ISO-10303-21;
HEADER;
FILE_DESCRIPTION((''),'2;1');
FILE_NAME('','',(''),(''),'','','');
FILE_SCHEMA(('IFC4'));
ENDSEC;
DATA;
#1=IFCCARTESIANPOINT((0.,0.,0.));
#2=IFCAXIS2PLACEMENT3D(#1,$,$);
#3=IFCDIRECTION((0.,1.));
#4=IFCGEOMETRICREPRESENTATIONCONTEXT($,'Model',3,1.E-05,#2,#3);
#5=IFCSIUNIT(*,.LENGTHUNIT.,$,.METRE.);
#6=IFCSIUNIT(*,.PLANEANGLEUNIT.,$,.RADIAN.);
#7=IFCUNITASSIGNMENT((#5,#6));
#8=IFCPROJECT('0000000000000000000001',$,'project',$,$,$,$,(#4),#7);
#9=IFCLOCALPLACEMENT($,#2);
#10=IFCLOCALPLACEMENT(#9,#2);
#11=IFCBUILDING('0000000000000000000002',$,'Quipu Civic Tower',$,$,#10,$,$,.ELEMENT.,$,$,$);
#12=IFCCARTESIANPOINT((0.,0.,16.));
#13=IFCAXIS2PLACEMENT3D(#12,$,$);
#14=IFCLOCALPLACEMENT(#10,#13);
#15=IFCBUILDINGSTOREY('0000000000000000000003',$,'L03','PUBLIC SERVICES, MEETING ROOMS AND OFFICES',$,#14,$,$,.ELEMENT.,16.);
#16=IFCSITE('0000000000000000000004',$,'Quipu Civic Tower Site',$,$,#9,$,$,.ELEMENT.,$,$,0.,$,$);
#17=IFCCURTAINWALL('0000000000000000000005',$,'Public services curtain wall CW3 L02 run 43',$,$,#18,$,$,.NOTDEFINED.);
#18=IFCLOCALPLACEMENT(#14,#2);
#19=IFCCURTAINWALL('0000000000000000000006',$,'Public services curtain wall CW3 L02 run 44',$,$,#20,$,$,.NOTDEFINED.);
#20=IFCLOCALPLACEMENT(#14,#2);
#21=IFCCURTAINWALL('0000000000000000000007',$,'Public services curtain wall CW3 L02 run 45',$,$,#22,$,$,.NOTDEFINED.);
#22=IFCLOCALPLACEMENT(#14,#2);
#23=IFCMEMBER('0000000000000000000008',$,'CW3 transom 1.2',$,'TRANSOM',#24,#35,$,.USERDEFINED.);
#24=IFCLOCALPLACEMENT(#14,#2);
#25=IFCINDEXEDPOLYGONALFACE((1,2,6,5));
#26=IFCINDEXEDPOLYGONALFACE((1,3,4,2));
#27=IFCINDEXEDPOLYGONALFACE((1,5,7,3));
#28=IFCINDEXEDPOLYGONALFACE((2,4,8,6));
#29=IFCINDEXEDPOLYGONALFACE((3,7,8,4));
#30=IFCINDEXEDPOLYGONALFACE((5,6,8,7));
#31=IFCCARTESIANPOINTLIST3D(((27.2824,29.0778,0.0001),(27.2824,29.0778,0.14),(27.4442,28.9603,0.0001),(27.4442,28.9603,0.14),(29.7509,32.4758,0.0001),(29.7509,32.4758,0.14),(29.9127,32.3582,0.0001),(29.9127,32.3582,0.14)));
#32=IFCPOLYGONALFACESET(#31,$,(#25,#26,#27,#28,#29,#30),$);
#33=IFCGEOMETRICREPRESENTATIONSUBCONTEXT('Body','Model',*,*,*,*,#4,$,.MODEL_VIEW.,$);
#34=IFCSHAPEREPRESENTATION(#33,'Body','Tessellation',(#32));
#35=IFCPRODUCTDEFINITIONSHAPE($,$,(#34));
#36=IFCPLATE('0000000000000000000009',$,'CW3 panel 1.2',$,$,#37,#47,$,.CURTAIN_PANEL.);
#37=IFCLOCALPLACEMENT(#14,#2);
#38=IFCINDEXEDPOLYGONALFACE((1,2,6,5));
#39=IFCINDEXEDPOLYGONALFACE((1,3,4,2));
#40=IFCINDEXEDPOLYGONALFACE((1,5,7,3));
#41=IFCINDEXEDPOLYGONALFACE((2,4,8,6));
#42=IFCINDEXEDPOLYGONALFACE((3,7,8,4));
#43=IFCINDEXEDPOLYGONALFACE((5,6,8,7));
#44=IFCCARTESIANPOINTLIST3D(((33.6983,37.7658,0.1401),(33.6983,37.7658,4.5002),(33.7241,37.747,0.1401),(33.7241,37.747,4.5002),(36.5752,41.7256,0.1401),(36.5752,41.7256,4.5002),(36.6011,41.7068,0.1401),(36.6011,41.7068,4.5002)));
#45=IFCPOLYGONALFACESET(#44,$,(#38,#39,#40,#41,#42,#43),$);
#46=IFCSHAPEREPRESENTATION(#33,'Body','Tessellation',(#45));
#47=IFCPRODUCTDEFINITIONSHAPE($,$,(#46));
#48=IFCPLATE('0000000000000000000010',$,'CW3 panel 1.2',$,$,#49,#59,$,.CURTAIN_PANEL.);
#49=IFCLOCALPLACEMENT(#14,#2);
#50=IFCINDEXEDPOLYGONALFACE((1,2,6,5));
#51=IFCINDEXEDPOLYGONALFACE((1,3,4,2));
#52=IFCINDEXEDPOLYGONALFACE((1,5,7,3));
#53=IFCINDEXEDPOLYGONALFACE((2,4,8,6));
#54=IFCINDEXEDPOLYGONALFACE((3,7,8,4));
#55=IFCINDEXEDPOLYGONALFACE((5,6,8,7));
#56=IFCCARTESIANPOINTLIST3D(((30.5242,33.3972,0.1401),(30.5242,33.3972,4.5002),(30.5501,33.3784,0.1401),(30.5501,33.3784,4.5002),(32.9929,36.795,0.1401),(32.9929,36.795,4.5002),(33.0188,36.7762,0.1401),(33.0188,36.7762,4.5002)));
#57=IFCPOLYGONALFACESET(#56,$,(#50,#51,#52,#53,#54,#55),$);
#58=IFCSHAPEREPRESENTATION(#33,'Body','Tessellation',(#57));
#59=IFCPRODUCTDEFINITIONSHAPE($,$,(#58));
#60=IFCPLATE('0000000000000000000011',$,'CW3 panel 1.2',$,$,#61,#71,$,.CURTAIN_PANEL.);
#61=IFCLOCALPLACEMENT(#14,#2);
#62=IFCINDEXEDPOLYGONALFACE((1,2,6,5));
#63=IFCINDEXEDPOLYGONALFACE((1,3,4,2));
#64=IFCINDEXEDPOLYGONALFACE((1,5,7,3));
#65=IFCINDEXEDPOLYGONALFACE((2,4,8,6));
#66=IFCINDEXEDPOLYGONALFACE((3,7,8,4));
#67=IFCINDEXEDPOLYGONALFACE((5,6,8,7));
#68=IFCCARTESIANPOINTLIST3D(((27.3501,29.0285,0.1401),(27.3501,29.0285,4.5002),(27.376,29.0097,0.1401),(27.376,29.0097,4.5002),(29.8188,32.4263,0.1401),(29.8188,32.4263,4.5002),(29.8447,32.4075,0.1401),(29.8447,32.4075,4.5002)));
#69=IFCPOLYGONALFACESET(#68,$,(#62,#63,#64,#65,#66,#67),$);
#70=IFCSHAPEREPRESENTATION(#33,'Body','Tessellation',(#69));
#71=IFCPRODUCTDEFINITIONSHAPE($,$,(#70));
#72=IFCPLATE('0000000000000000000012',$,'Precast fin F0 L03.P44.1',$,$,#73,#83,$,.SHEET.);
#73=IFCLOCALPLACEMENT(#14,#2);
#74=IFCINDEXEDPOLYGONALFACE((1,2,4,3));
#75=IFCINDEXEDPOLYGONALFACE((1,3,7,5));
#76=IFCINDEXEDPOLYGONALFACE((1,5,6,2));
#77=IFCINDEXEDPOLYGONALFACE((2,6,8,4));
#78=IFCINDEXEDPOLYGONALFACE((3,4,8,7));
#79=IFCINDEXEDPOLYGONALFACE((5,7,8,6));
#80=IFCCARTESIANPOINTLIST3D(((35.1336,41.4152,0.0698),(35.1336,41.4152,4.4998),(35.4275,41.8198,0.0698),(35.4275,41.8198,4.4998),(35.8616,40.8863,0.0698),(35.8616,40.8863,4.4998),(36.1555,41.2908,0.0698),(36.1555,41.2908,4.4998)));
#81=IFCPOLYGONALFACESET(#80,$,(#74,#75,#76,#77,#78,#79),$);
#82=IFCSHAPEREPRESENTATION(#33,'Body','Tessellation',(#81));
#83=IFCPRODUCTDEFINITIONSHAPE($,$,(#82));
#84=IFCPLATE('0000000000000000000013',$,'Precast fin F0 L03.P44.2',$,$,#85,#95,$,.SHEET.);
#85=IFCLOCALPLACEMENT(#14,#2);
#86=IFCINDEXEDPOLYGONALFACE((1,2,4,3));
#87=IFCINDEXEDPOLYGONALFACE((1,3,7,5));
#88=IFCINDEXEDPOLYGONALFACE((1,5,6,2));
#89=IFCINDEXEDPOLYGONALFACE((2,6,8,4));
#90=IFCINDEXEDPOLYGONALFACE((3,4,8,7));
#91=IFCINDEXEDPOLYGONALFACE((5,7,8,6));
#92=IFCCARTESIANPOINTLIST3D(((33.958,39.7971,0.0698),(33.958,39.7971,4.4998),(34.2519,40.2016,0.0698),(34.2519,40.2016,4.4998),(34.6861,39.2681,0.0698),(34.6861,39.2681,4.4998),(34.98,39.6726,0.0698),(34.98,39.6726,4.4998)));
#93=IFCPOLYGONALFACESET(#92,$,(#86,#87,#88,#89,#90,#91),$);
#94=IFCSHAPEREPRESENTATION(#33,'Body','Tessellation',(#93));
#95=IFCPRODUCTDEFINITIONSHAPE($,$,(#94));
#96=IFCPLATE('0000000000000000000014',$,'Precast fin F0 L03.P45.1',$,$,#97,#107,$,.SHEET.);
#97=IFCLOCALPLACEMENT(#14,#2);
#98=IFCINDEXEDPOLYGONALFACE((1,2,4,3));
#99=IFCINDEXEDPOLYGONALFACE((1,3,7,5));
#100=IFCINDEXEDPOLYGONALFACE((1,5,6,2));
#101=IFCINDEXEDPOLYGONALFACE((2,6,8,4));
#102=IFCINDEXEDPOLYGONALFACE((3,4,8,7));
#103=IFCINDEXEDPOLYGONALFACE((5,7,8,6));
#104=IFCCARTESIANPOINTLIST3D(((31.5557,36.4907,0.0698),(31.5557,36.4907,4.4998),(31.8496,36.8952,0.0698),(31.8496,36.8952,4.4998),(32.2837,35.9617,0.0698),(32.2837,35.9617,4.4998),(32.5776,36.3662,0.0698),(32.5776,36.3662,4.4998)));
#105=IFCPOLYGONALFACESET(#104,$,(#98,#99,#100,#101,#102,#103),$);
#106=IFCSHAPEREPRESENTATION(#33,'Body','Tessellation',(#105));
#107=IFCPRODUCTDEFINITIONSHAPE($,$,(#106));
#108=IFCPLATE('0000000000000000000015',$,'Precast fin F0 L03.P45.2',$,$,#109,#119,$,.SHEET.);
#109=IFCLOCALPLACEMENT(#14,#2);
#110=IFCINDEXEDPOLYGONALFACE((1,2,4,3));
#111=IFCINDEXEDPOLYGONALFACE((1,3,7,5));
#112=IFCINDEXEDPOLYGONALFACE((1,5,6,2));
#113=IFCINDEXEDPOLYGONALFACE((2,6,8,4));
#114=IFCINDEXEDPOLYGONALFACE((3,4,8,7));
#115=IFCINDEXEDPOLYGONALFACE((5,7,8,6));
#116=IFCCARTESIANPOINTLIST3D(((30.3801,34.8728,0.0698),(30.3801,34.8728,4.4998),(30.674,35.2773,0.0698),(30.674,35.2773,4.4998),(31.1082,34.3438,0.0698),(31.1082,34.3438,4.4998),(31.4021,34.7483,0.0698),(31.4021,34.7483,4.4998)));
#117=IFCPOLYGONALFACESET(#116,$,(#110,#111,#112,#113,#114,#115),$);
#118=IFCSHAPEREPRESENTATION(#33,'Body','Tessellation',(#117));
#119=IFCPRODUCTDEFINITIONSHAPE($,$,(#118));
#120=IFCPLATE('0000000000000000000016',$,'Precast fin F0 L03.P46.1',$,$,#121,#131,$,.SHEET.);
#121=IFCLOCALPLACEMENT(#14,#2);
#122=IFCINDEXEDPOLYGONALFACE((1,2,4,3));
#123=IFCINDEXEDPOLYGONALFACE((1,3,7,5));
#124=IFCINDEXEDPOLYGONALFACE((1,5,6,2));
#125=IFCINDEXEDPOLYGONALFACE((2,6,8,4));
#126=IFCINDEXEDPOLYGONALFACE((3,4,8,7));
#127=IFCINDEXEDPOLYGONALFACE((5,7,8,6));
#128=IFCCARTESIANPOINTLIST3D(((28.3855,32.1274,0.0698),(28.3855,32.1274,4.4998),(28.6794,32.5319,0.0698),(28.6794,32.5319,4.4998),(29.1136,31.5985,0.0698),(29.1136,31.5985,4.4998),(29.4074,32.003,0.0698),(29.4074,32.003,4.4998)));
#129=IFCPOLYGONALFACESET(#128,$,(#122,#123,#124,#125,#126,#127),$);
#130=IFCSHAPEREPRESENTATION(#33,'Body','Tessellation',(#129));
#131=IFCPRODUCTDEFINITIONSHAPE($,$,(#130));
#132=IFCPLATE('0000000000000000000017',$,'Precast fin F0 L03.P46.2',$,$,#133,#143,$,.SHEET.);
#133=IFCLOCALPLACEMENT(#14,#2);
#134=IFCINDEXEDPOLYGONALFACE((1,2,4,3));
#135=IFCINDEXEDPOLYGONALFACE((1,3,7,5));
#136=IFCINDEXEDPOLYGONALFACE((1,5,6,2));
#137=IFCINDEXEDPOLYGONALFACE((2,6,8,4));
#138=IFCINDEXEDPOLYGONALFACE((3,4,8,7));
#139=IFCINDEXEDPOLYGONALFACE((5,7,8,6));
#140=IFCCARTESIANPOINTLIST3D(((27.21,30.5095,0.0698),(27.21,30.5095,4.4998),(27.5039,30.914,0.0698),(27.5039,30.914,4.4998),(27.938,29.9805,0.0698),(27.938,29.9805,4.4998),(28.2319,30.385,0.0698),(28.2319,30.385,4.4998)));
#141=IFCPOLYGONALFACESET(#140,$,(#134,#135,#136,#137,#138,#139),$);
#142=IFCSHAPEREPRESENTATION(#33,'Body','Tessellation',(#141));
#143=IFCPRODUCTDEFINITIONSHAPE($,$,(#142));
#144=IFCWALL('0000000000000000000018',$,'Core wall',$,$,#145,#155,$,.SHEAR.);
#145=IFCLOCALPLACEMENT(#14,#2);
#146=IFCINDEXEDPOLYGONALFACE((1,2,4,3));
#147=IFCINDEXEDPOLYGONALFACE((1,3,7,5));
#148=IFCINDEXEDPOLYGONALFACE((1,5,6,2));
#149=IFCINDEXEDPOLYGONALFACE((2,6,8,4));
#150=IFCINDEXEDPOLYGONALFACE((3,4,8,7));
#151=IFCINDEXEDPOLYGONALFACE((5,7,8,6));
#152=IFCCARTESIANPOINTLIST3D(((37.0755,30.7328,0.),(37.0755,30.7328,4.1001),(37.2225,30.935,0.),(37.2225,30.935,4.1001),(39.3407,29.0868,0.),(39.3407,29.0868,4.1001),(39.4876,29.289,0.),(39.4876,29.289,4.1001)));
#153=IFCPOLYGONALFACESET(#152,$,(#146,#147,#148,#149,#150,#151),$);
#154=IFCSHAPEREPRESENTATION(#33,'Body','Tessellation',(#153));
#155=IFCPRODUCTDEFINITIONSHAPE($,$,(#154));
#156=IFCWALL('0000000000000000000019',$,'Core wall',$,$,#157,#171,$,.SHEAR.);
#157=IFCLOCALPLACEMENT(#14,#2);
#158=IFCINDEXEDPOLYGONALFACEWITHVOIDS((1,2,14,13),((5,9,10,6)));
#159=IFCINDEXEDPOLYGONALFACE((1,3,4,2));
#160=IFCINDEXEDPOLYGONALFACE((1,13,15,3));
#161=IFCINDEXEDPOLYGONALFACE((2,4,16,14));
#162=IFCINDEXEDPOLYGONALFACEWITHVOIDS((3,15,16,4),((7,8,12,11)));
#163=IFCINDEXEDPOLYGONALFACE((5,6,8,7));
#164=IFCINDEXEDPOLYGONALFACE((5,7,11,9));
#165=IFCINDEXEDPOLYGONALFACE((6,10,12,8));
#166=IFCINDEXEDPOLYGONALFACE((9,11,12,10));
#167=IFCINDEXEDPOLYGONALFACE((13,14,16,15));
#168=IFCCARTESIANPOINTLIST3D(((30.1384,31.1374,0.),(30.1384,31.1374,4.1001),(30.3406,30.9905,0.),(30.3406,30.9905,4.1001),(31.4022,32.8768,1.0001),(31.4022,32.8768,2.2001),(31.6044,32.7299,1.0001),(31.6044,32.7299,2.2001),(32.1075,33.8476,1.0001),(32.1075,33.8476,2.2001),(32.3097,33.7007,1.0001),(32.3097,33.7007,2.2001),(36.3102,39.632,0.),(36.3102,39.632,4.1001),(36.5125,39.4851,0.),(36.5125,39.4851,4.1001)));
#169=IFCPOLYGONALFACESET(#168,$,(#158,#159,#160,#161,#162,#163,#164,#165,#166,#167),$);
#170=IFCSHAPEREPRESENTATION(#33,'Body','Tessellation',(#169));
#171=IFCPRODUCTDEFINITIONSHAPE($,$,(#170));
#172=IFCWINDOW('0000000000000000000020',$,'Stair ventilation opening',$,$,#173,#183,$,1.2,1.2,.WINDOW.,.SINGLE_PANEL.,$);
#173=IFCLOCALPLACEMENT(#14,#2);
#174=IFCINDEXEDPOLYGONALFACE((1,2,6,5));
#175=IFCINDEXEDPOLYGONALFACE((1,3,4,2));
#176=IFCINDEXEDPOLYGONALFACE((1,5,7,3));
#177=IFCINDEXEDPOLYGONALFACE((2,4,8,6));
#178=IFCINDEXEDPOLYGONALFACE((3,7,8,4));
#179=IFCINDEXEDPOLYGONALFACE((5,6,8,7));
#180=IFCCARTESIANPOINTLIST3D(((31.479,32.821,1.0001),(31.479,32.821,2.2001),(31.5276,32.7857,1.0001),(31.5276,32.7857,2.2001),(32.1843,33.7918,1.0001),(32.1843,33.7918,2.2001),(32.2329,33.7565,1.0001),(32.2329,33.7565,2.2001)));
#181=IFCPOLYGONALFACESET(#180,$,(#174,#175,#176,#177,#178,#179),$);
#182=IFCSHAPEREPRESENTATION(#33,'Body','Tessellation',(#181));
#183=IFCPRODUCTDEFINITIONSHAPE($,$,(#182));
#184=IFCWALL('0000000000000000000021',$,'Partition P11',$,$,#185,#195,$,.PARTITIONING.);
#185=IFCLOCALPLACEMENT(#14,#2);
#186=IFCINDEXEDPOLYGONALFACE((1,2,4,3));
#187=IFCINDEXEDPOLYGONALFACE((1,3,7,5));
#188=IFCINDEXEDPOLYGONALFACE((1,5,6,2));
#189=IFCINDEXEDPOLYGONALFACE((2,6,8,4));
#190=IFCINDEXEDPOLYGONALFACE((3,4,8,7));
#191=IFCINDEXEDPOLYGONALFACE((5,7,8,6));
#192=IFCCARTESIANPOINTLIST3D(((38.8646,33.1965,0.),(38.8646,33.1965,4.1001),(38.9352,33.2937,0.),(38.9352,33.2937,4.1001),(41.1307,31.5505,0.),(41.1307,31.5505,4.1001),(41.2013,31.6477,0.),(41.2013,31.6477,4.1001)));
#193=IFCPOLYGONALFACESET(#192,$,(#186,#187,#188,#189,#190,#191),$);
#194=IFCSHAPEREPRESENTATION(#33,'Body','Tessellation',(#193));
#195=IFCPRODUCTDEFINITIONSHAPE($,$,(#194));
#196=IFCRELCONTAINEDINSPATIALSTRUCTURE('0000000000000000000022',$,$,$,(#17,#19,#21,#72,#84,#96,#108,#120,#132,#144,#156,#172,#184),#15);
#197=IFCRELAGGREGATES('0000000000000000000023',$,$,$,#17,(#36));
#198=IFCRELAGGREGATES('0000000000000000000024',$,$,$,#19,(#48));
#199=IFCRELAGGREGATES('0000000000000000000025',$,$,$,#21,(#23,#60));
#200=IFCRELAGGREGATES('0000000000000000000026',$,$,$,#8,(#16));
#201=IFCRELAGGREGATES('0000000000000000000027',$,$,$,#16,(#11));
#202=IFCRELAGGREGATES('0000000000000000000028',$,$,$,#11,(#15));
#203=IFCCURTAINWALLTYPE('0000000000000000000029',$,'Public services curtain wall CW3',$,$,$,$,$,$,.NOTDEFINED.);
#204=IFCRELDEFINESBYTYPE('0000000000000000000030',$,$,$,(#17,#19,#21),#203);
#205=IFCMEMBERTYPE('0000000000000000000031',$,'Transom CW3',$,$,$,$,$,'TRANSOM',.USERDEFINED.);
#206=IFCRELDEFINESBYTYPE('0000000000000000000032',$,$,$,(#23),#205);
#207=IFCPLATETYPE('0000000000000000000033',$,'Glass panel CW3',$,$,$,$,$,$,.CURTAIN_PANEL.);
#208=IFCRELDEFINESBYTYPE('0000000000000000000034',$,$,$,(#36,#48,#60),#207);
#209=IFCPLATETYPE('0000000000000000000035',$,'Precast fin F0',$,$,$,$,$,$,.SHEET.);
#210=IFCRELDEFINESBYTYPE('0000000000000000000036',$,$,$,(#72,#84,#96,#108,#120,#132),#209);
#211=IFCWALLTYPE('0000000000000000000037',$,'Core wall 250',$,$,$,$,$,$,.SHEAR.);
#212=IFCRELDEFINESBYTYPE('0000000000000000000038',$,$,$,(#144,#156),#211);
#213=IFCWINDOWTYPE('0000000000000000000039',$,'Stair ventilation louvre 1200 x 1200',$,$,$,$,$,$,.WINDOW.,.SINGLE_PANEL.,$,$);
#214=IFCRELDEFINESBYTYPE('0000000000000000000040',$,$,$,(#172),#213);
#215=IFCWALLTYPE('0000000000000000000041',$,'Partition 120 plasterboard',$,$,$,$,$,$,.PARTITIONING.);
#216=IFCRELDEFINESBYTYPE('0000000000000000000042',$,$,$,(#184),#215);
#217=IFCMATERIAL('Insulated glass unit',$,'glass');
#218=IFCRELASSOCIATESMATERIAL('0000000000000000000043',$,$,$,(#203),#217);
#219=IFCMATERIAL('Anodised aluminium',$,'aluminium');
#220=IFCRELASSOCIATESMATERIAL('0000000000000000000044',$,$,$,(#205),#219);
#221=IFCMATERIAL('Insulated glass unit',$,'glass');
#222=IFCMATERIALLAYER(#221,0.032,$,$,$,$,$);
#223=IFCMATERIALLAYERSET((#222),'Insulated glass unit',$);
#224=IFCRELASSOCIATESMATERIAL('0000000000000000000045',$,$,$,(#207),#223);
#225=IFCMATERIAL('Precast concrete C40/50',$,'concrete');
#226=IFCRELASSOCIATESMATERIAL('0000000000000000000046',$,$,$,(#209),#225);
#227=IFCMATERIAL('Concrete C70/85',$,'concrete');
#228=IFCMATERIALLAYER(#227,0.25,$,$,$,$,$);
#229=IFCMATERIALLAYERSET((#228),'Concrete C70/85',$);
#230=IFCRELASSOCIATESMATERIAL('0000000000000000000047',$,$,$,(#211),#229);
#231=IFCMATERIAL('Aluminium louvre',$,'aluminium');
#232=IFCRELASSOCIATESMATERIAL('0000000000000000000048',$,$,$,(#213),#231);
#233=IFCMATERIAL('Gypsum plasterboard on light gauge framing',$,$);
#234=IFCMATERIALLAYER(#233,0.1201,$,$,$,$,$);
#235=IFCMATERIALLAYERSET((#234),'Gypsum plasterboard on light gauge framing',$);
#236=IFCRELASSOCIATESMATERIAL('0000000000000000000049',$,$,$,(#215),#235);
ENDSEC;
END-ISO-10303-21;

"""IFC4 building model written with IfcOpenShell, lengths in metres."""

from ifc_helpers import new_model, si_unit, direction, frame, frame_2d, origin, origin_2d, place, context, subcontext, project, spatial, rectangle, extrude, material, layer, layer_set, material_profile, profile_set, type_object, element, fill, aggregate, save


model = new_model("IFC4")

# Units and contexts
model_context = context("Model", 3, precision=1e-05, world=origin(), true_north=direction((0.0, 1.0)))
body_context = subcontext(model_context, "Body", "Model", "MODEL_VIEW")
ifc_project = project(units=[si_unit("LENGTHUNIT", "METRE"), si_unit("PLANEANGLEUNIT", "RADIAN")], contexts=[model_context])

# Site, building, storey
site_placement = place(None, origin())
site = spatial("IfcSite", under=ifc_project, at=site_placement, Name="Quipu Civic Tower Site", CompositionType="ELEMENT", RefElevation=0.0)
building_placement = place(site_placement, origin())
building = spatial("IfcBuilding", under=site, at=building_placement, Name="Quipu Civic Tower", CompositionType="ELEMENT")
storey_placement = place(building_placement, frame((0.0, 0.0, 16.0)))
storey = spatial("IfcBuildingStorey", under=building, at=storey_placement, Name="L03", Description="PUBLIC SERVICES, MEETING ROOMS AND OFFICES", CompositionType="ELEMENT", Elevation=16.0)

# Curtain walls
ifc_material_1 = material(Name="Insulated glass unit", Category="glass")
curtain_wall_type = type_object("IfcCurtainWallType", Name="Public services curtain wall CW3", PredefinedType="NOTDEFINED", material=ifc_material_1)
curtain_wall_1_placement = place(storey_placement, origin())
curtain_wall_1 = element("IfcCurtainWall", 1, at=curtain_wall_1_placement, inside=storey, type_object=curtain_wall_type, Name="Public services curtain wall CW3 L02 run 43", PredefinedType="NOTDEFINED")
curtain_wall_2_placement = place(storey_placement, origin())
curtain_wall_2 = element("IfcCurtainWall", 2, at=curtain_wall_2_placement, inside=storey, type_object=curtain_wall_type, Name="Public services curtain wall CW3 L02 run 44", PredefinedType="NOTDEFINED")
curtain_wall_3_placement = place(storey_placement, origin())
curtain_wall_3 = element("IfcCurtainWall", 3, at=curtain_wall_3_placement, inside=storey, type_object=curtain_wall_type, Name="Public services curtain wall CW3 L02 run 45", PredefinedType="NOTDEFINED")

# Member
ifc_material_2 = material(Name="Anodised aluminium", Category="aluminium")
ifc_material_profile_1 = material_profile(ifc_material_2, rectangle(XDim=0.2, YDim=0.1399, at=origin_2d()), Name="RECT 200x140")
ifc_profile_set_1 = profile_set([ifc_material_profile_1], Name="Anodised aluminium")
member_type_1 = type_object("IfcMemberType", Name="Transom CW3", ElementType="TRANSOM", PredefinedType="USERDEFINED", material=ifc_profile_set_1)
member_1_placement = place(storey_placement, frame((29.8318, 32.417, 0.0701), z_axis=(-0.587746, -0.809045, 0.0), x_axis=(0.809045, -0.587746, 0.0)))
member_1 = element("IfcMember", 4, at=member_1_placement, type_object=member_type_1, Name="CW3 transom 1.2", ObjectType="TRANSOM", PredefinedType="USERDEFINED", context=body_context, shape_type="SweptSolid", body=[
    extrude(rectangle(XDim=0.2, YDim=0.1399, at=origin_2d()), origin(), (0.0, 0.0, 1.0), 4.2),
])

# Plates
ifc_material_3 = material(Name="Insulated glass unit", Category="glass")
ifc_layer_1 = layer(ifc_material_3, 0.032)
ifc_layer_set_1 = layer_set([ifc_layer_1], Name="Insulated glass unit")
plate_type_1 = type_object("IfcPlateType", Name="Glass panel CW3", PredefinedType="CURTAIN_PANEL", material=ifc_layer_set_1)
plate_1_placement = place(storey_placement, frame((35.1497, 39.7363, 0.1401), z_axis=(0.0, 0.0, 1.0), x_axis=(-0.587783, -0.809019, 0.0)))
plate_1 = element("IfcPlate", 5, at=plate_1_placement, type_object=plate_type_1, Name="CW3 panel 1.2", PredefinedType="CURTAIN_PANEL", context=body_context, shape_type="SweptSolid", body=[
    extrude(rectangle(XDim=4.8945, YDim=0.032, at=origin_2d()), origin(), (0.0, 0.0, 1.0), 4.3601),
])
aggregate(curtain_wall_1, [plate_1])
plate_2_placement = place(storey_placement, frame((31.7715, 35.0867, 0.1401), z_axis=(0.0, 0.0, 1.0), x_axis=(-0.587789, -0.809014, 0.0)))
plate_2 = element("IfcPlate", 6, at=plate_2_placement, type_object=plate_type_1, Name="CW3 panel 1.2", PredefinedType="CURTAIN_PANEL", context=body_context, shape_type="SweptSolid", body=[
    extrude(rectangle(XDim=4.2, YDim=0.032, at=origin_2d()), origin(), (0.0, 0.0, 1.0), 4.3601),
])
aggregate(curtain_wall_2, [plate_2])
plate_3_placement = place(storey_placement, frame((28.5974, 30.718, 0.1401), z_axis=(0.0, 0.0, 1.0), x_axis=(-0.587785, -0.809017, 0.0)))
plate_3 = element("IfcPlate", 7, at=plate_3_placement, type_object=plate_type_1, Name="CW3 panel 1.2", PredefinedType="CURTAIN_PANEL", context=body_context, shape_type="SweptSolid", body=[
    extrude(rectangle(XDim=4.2, YDim=0.032, at=origin_2d()), origin(), (0.0, 0.0, 1.0), 4.3601),
])
aggregate(curtain_wall_3, [member_1, plate_3])

# Plates
ifc_material_4 = material(Name="Precast concrete C40/50", Category="concrete")
plate_type_2 = type_object("IfcPlateType", Name="Precast fin F0", PredefinedType="SHEET", material=ifc_material_4)
for number, where, z_axis, x_axis, name in (
    (8, (35.6445, 41.353, 0.0698), (0.0, 0.0, 1.0), (-0.587785, -0.809017, 0.0), "Precast fin F0 L03.P44.1"),
    (9, (34.469, 39.7349, 0.0698), (0.0, 0.0, 1.0), (-0.587785, -0.809017, 0.0), "Precast fin F0 L03.P44.2"),
    (10, (32.0667, 36.4285, 0.0698), (0.0, 0.0, 1.0), (-0.587785, -0.809017, 0.0), "Precast fin F0 L03.P45.1"),
    (11, (30.8911, 34.8105, 0.0698), (0.0, 0.0, 1.0), (-0.587785, -0.809017, 0.0), "Precast fin F0 L03.P45.2"),
    (12, (28.8965, 32.0652, 0.0698), (0.0, 0.0, 1.0), (-0.587785, -0.809017, 0.0), "Precast fin F0 L03.P46.1"),
    (13, (27.7209, 30.4473, 0.0698), (0.0, 0.0, 1.0), (-0.587785, -0.809017, 0.0), "Precast fin F0 L03.P46.2"),
):
    element("IfcPlate", number, at=place(storey_placement, frame(where, z_axis=z_axis, x_axis=x_axis)), inside=storey, type_object=plate_type_2, Name=name, PredefinedType="SHEET", context=body_context, shape_type="SweptSolid", body=[
        extrude(rectangle(XDim=0.5, YDim=0.8999, at=origin_2d()), origin(), (0.0, 0.0, 1.0), 4.4299),
    ])

# Wall
ifc_material_5 = material(Name="Concrete C70/85", Category="concrete")
ifc_layer_2 = layer(ifc_material_5, 0.25)
ifc_layer_set_2 = layer_set([ifc_layer_2], Name="Concrete C70/85")
wall_type_1 = type_object("IfcWallType", Name="Core wall 250", PredefinedType="SHEAR", material=ifc_layer_set_2)
wall_1_placement = place(storey_placement, frame((39.4141, 29.188, 0.0), z_axis=(0.0, 0.0, 1.0), x_axis=(-0.80897, 0.58785, 0.0)))
element("IfcWall", 14, at=wall_1_placement, inside=storey, type_object=wall_type_1, Name="Core wall", PredefinedType="SHEAR", context=body_context, shape_type="SweptSolid", body=[
    extrude(rectangle(XDim=2.8, YDim=0.25, at=frame_2d((1.3999, 0.0))), origin(), (0.0, 0.0, 1.0), 4.1001),
])

# Wall, opening, window
wall_2_placement = place(storey_placement, frame((30.2395, 31.064, 0.0), z_axis=(0.0, 0.0, 1.0), x_axis=(0.587796, 0.809009, 0.0)))
wall_2 = element("IfcWall", 15, at=wall_2_placement, inside=storey, type_object=wall_type_1, Name="Core wall", PredefinedType="SHEAR", context=body_context, shape_type="SweptSolid", body=[
    extrude(rectangle(XDim=10.5, YDim=0.25, at=frame_2d((5.25, 0.0))), origin(), (0.0, 0.0, 1.0), 4.1001),
])
opening_placement = place(wall_2_placement, frame((2.1499, 0.0, 1.0)))
opening = element("IfcOpeningElement", 16, at=opening_placement, cuts=wall_2, PredefinedType="OPENING", context=body_context, shape_type="SweptSolid", body=[
    extrude(rectangle(XDim=1.2, YDim=1.2, at=frame_2d((0.6001, 0.6001))), frame((0.0, 0.135, 0.0), z_axis=(0.0, -1.0, 0.0), x_axis=(1.0, 0.0, 0.0)), (0.0, 0.0, 1.0), 0.27),
])
ifc_material_6 = material(Name="Aluminium louvre", Category="aluminium")
window_type = type_object("IfcWindowType", Name="Stair ventilation louvre 1200 x 1200", PartitioningType="SINGLE_PANEL", PredefinedType="WINDOW", material=ifc_material_6)
window_placement = place(opening_placement, origin())
window = element("IfcWindow", 17, at=window_placement, inside=storey, type_object=window_type, Name="Stair ventilation opening", OverallHeight=1.2, OverallWidth=1.2, PartitioningType="SINGLE_PANEL", PredefinedType="WINDOW", context=body_context, shape_type="SweptSolid", body=[
    extrude(rectangle(XDim=1.2, YDim=1.2, at=frame_2d((0.6001, 0.6001))), frame((0.0, 0.03, 0.0), z_axis=(0.0, -1.0, 0.0), x_axis=(1.0, 0.0, 0.0)), (0.0, 0.0, 1.0), 0.0601),
])
fill(opening, window)

# Wall
ifc_material_7 = material(Name="Gypsum plasterboard on light gauge framing")
ifc_layer_3 = layer(ifc_material_7, 0.1201)
ifc_layer_set_3 = layer_set([ifc_layer_3], Name="Gypsum plasterboard on light gauge framing")
wall_type_2 = type_object("IfcWallType", Name="Partition 120 plasterboard", PredefinedType="PARTITIONING", material=ifc_layer_set_3)
wall_3_placement = place(storey_placement, frame((38.8999, 33.2451, 0.0), z_axis=(0.0, 0.0, 1.0), x_axis=(0.80909, -0.587684, 0.0)))
element("IfcWall", 18, at=wall_3_placement, inside=storey, type_object=wall_type_2, Name="Partition P11", PredefinedType="PARTITIONING", context=body_context, shape_type="SweptSolid", body=[
    extrude(rectangle(XDim=2.8008, YDim=0.1201, at=frame_2d((1.4004, 0.0))), origin(), (0.0, 0.0, 1.0), 4.1001),
])

save(model, "model.ifc")
